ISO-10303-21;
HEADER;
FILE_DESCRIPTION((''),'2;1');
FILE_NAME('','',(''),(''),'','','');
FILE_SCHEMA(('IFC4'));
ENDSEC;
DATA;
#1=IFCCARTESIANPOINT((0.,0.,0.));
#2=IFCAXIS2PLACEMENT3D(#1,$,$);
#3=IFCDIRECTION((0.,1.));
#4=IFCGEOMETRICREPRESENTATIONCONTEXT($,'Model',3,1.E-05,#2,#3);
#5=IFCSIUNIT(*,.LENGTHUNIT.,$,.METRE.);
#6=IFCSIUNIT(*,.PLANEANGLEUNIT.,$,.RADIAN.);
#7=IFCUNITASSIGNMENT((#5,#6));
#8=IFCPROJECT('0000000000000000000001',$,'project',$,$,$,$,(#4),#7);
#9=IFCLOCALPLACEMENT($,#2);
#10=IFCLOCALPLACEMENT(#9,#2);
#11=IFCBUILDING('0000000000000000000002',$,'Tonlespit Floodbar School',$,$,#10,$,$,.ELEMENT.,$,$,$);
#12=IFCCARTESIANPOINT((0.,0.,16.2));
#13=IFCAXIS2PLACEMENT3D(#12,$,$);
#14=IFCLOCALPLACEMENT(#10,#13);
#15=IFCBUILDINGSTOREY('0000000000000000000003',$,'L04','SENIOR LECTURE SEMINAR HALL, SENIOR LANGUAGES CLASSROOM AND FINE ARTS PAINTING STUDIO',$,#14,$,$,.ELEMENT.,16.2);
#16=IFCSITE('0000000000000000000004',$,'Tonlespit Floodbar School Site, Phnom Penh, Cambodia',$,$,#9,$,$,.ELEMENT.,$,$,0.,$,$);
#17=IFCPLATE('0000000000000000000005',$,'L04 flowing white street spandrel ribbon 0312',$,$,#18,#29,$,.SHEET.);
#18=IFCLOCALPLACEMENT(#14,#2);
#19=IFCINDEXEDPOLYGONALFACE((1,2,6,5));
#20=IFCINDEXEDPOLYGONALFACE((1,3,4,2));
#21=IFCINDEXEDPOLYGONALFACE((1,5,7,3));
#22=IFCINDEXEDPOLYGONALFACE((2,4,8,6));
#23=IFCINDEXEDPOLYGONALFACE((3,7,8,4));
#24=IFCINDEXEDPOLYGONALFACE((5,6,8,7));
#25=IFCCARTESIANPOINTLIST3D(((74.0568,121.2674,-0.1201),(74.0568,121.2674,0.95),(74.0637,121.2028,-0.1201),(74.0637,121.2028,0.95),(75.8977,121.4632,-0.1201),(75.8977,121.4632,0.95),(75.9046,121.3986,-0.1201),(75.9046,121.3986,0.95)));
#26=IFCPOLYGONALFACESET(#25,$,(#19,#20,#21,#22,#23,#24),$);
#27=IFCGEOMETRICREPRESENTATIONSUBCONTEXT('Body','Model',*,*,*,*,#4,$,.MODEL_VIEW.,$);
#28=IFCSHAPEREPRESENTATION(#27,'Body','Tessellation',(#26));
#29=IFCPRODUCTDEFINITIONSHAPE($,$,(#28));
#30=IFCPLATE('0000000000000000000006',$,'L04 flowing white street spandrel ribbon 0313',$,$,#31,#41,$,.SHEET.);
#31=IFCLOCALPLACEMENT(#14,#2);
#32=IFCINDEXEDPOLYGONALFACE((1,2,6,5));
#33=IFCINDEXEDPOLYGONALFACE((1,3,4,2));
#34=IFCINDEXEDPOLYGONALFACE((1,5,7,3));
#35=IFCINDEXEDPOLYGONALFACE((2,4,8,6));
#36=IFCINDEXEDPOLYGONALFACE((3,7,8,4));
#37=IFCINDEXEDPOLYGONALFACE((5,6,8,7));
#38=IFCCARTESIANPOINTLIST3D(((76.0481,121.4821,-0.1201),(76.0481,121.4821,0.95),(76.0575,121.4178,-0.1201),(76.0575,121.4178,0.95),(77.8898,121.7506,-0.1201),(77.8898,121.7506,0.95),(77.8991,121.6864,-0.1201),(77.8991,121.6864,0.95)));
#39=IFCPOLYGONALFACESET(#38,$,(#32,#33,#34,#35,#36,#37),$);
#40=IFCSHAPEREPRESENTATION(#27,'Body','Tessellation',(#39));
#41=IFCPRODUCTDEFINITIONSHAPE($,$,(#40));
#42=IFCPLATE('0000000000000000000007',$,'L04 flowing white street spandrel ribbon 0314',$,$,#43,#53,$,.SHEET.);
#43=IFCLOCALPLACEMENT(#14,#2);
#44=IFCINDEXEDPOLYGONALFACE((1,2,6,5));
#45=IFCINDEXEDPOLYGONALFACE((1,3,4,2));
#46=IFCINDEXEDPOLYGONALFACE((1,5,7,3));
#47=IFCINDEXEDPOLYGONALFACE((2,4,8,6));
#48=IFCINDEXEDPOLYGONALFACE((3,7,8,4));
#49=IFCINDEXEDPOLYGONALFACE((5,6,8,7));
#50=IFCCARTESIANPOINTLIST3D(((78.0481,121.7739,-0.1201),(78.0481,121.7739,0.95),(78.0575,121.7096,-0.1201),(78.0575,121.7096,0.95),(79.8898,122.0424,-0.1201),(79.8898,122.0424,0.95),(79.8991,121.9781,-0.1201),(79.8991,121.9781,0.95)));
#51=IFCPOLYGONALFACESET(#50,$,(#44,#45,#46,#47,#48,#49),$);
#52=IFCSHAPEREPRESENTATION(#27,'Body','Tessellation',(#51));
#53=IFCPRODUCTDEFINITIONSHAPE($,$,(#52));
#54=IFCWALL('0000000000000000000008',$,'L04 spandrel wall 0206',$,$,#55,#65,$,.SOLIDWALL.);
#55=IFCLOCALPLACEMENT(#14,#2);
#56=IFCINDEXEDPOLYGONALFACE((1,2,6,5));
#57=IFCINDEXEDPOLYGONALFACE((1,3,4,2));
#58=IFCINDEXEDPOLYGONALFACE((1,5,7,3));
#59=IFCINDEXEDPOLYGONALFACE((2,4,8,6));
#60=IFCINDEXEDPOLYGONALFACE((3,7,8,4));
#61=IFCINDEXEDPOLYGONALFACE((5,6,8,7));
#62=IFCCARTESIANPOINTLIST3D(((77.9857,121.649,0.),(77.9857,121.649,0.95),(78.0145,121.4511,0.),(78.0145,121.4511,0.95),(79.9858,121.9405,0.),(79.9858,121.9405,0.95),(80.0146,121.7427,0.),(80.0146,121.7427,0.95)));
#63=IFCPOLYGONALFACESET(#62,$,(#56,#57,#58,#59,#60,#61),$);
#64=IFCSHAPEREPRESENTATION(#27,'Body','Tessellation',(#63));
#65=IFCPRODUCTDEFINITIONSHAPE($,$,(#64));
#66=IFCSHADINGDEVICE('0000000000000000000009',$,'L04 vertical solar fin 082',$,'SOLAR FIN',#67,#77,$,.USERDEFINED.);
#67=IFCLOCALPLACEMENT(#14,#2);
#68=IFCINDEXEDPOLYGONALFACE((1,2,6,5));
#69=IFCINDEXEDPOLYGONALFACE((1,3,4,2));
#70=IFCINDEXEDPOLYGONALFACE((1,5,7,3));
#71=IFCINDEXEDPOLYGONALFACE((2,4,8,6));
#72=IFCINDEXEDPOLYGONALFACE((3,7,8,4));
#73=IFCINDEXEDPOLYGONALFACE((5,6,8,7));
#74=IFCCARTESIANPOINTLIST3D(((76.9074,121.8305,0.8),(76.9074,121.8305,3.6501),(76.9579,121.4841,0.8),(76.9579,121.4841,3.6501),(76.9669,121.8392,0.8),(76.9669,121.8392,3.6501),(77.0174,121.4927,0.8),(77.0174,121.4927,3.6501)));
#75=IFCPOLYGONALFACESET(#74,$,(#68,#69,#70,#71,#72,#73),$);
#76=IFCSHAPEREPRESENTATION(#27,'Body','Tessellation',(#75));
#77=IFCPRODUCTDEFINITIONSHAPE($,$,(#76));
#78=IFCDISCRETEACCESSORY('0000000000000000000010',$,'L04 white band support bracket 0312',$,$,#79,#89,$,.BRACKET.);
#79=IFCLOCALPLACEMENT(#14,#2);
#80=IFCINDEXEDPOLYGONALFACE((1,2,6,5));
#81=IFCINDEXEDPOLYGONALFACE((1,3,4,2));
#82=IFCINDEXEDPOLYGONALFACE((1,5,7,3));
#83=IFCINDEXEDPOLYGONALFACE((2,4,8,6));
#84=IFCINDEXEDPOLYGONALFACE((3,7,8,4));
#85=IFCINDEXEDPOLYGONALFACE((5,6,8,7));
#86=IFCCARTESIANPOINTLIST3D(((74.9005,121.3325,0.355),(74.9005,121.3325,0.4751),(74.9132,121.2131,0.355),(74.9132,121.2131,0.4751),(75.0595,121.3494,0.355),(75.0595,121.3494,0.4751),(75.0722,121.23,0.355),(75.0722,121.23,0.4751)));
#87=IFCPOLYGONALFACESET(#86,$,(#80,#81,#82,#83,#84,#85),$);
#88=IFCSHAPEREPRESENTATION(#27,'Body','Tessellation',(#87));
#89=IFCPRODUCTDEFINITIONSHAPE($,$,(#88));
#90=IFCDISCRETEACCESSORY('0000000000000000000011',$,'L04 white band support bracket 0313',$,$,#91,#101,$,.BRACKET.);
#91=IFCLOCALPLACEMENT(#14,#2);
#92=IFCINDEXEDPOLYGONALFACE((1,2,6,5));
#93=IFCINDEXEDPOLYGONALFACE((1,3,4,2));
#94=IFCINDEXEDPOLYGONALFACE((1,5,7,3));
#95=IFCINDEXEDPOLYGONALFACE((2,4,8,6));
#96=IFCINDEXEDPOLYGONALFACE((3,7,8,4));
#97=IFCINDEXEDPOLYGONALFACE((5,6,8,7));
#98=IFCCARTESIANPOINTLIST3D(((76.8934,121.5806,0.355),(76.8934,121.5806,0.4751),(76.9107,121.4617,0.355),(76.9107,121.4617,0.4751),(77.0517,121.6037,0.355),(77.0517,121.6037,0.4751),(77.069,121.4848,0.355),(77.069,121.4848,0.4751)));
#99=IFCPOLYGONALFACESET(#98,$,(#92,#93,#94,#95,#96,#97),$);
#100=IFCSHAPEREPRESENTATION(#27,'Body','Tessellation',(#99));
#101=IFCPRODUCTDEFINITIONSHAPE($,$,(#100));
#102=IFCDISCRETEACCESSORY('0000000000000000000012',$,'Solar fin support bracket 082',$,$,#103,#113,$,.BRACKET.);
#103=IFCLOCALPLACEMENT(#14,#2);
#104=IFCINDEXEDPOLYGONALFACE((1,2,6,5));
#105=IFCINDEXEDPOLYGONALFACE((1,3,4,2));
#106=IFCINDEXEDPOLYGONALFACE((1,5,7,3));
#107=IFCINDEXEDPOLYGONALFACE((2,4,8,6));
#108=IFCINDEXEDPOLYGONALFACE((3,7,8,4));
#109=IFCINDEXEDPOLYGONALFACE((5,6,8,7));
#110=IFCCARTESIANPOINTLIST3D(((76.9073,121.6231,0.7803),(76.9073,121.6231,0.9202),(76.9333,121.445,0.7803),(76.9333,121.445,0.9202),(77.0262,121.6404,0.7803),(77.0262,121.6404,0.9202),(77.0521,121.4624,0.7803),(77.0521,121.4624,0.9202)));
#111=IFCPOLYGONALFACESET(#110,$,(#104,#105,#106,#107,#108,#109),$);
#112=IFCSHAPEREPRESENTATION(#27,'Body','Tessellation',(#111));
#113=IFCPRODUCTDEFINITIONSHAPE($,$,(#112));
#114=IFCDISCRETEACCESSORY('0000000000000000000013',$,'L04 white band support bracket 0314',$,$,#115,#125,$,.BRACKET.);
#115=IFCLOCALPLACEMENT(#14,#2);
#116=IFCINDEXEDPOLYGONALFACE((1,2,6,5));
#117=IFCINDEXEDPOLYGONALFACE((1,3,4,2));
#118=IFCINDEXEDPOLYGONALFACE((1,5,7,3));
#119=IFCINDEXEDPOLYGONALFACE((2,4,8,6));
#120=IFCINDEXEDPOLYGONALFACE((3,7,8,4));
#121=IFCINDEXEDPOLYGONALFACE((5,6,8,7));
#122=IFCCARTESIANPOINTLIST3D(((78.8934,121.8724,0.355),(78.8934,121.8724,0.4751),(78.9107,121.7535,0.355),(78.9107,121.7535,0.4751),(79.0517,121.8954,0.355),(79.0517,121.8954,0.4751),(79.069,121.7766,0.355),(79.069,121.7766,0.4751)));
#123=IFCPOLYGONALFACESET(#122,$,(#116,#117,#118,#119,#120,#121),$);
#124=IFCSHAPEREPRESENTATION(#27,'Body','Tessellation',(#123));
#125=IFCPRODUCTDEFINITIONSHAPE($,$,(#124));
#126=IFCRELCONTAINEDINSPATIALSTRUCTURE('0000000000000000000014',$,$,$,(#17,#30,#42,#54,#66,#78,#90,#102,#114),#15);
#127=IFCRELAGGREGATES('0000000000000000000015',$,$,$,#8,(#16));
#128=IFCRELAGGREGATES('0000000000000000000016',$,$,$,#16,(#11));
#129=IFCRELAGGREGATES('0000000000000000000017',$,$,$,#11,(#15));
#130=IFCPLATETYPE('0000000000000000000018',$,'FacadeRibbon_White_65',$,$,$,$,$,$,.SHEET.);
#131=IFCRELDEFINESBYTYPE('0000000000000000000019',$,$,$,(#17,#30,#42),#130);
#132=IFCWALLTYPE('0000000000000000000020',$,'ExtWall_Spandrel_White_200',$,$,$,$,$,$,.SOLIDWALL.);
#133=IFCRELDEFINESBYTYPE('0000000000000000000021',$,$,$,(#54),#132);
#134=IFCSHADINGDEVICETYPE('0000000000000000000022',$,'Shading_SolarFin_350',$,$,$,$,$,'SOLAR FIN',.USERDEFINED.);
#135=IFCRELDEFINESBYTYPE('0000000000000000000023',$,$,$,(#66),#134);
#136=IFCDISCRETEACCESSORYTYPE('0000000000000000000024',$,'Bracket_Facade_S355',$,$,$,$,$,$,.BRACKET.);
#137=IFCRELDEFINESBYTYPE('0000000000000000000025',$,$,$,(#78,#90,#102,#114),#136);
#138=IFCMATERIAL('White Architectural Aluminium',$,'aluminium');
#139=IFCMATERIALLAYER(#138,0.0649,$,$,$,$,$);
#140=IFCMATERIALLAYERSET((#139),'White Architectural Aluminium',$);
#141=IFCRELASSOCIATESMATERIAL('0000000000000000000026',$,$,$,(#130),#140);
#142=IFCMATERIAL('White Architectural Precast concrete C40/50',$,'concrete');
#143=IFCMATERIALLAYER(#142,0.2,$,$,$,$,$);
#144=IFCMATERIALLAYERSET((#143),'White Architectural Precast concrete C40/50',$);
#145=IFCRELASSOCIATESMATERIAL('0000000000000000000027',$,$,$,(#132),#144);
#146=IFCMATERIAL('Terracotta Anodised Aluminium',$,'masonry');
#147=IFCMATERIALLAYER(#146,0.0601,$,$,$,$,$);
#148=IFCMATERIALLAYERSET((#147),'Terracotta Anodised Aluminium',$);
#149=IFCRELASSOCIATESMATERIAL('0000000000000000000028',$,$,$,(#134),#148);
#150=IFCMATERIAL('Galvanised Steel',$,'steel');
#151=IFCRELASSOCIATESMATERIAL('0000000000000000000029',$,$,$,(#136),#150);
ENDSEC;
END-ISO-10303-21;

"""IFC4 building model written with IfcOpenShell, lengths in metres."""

from ifc_helpers import new_model, si_unit, direction, frame, frame_2d, origin, origin_2d, place, context, subcontext, project, spatial, rectangle, extrude, material, layer, layer_set, type_object, element, save


model = new_model("IFC4")

# Units and contexts
model_context = context("Model", 3, precision=1e-05, world=origin(), true_north=direction((0.0, 1.0)))
body_context = subcontext(model_context, "Body", "Model", "MODEL_VIEW")
ifc_project = project(units=[si_unit("LENGTHUNIT", "METRE"), si_unit("PLANEANGLEUNIT", "RADIAN")], contexts=[model_context])

# Site, building, storey
site_placement = place(None, origin())
site = spatial("IfcSite", under=ifc_project, at=site_placement, Name="Tonlespit Floodbar School Site, Phnom Penh, Cambodia", CompositionType="ELEMENT", RefElevation=0.0)
building_placement = place(site_placement, origin())
building = spatial("IfcBuilding", under=site, at=building_placement, Name="Tonlespit Floodbar School", CompositionType="ELEMENT")
storey_placement = place(building_placement, frame((0.0, 0.0, 16.2)))
storey = spatial("IfcBuildingStorey", under=building, at=storey_placement, Name="L04", Description="SENIOR LECTURE SEMINAR HALL, SENIOR LANGUAGES CLASSROOM AND FINE ARTS PAINTING STUDIO", CompositionType="ELEMENT", Elevation=16.2)

# Plates
ifc_material_1 = material(Name="White Architectural Aluminium", Category="aluminium")
ifc_layer_1 = layer(ifc_material_1, 0.0649)
ifc_layer_set_1 = layer_set([ifc_layer_1], Name="White Architectural Aluminium")
plate_type_1 = type_object("IfcPlateType", Name="FacadeRibbon_White_65", PredefinedType="SHEET", material=ifc_layer_set_1)
plate_1_placement = place(storey_placement, frame((74.9807, 121.333, -0.1201), z_axis=(0.0, 0.0, 1.0), x_axis=(0.994392, 0.105754, 0.0)))
element("IfcPlate", 1, at=plate_1_placement, inside=storey, type_object=plate_type_1, Name="L04 flowing white street spandrel ribbon 0312", PredefinedType="SHEET", context=body_context, shape_type="SweptSolid", body=[
    extrude(rectangle(XDim=1.8513, YDim=0.0649, at=origin_2d()), origin(), (0.0, 0.0, 1.0), 1.0701),
])
for number, where, z_axis, x_axis, name in (
    (2, (76.9736, 121.5842, -0.1201), (0.0, 0.0, 1.0), (0.989538, 0.144275, 0.0), "L04 flowing white street spandrel ribbon 0313"),
    (3, (78.9736, 121.876, -0.1201), (0.0, 0.0, 1.0), (0.989538, 0.144275, 0.0), "L04 flowing white street spandrel ribbon 0314"),
):
    element("IfcPlate", number, at=place(storey_placement, frame(where, z_axis=z_axis, x_axis=x_axis)), inside=storey, type_object=plate_type_1, Name=name, PredefinedType="SHEET", context=body_context, shape_type="SweptSolid", body=[
        extrude(rectangle(XDim=1.8611, YDim=0.0649, at=origin_2d()), origin(), (0.0, 0.0, 1.0), 1.0701),
    ])

# Wall
ifc_material_2 = material(Name="White Architectural Precast concrete C40/50", Category="concrete")
ifc_layer_2 = layer(ifc_material_2, 0.2)
ifc_layer_set_2 = layer_set([ifc_layer_2], Name="White Architectural Precast concrete C40/50")
wall_type = type_object("IfcWallType", Name="ExtWall_Spandrel_White_200", PredefinedType="SOLIDWALL", material=ifc_layer_set_2)
wall_placement = place(storey_placement, frame((78.0, 121.55, 0.0), z_axis=(0.0, 0.0, 1.0), x_axis=(0.989544, 0.144228, 0.0)))
element("IfcWall", 4, at=wall_placement, inside=storey, type_object=wall_type, Name="L04 spandrel wall 0206", PredefinedType="SOLIDWALL", context=body_context, shape_type="SweptSolid", body=[
    extrude(rectangle(XDim=2.0212, YDim=0.2, at=frame_2d((1.0107, 0.0))), origin(), (0.0, 0.0, 1.0), 0.95),
])

# Shading device
ifc_material_3 = material(Name="Terracotta Anodised Aluminium", Category="masonry")
ifc_layer_3 = layer(ifc_material_3, 0.0601)
ifc_layer_set_3 = layer_set([ifc_layer_3], Name="Terracotta Anodised Aluminium")
shading_device_type = type_object("IfcShadingDeviceType", Name="Shading_SolarFin_350", ElementType="SOLAR FIN", PredefinedType="USERDEFINED", material=ifc_layer_set_3)
shading_device_placement = place(storey_placement, frame((76.9624, 121.6616, 0.8), z_axis=(0.0, 0.0, 1.0), x_axis=(0.989538, 0.144275, 0.0)))
element("IfcShadingDevice", 5, at=shading_device_placement, inside=storey, type_object=shading_device_type, Name="L04 vertical solar fin 082", ObjectType="SOLAR FIN", PredefinedType="USERDEFINED", context=body_context, shape_type="SweptSolid", body=[
    extrude(rectangle(XDim=0.0601, YDim=0.3501, at=origin_2d()), origin(), (0.0, 0.0, 1.0), 2.8501),
])

# Discrete accessories
ifc_material_4 = material(Name="Galvanised Steel", Category="steel")
discrete_accessory_type = type_object("IfcDiscreteAccessoryType", Name="Bracket_Facade_S355", PredefinedType="BRACKET", material=ifc_material_4)
for number, where, z_axis, x_axis, name in (
    (6, (74.9863, 121.2812, 0.355), (0.0, 0.0, 1.0), (0.994392, 0.105754, 0.0), "L04 white band support bracket 0312"),
    (7, (76.9812, 121.5327, 0.355), (0.0, 0.0, 1.0), (0.989538, 0.144275, 0.0), "L04 white band support bracket 0313"),
):
    element("IfcDiscreteAccessory", number, at=place(storey_placement, frame(where, z_axis=z_axis, x_axis=x_axis)), inside=storey, type_object=discrete_accessory_type, Name=name, PredefinedType="BRACKET", context=body_context, shape_type="SweptSolid", body=[
        extrude(rectangle(XDim=0.1599, YDim=0.1201, at=origin_2d()), origin(), (0.0, 0.0, 1.0), 0.1201),
    ])
discrete_accessory_1_placement = place(storey_placement, frame((76.9797, 121.5427, 0.7803), z_axis=(0.0, 0.0, 1.0), x_axis=(0.989538, 0.144275, 0.0)))
element("IfcDiscreteAccessory", 8, at=discrete_accessory_1_placement, inside=storey, type_object=discrete_accessory_type, Name="Solar fin support bracket 082", PredefinedType="BRACKET", context=body_context, shape_type="SweptSolid", body=[
    extrude(rectangle(XDim=0.1201, YDim=0.1799, at=origin_2d()), origin(), (0.0, 0.0, 1.0), 0.1399),
])
discrete_accessory_2_placement = place(storey_placement, frame((78.9812, 121.8245, 0.355), z_axis=(0.0, 0.0, 1.0), x_axis=(0.989538, 0.144275, 0.0)))
element("IfcDiscreteAccessory", 9, at=discrete_accessory_2_placement, inside=storey, type_object=discrete_accessory_type, Name="L04 white band support bracket 0314", PredefinedType="BRACKET", context=body_context, shape_type="SweptSolid", body=[
    extrude(rectangle(XDim=0.1599, YDim=0.1201, at=origin_2d()), origin(), (0.0, 0.0, 1.0), 0.1201),
])

save(model, "model.ifc")
